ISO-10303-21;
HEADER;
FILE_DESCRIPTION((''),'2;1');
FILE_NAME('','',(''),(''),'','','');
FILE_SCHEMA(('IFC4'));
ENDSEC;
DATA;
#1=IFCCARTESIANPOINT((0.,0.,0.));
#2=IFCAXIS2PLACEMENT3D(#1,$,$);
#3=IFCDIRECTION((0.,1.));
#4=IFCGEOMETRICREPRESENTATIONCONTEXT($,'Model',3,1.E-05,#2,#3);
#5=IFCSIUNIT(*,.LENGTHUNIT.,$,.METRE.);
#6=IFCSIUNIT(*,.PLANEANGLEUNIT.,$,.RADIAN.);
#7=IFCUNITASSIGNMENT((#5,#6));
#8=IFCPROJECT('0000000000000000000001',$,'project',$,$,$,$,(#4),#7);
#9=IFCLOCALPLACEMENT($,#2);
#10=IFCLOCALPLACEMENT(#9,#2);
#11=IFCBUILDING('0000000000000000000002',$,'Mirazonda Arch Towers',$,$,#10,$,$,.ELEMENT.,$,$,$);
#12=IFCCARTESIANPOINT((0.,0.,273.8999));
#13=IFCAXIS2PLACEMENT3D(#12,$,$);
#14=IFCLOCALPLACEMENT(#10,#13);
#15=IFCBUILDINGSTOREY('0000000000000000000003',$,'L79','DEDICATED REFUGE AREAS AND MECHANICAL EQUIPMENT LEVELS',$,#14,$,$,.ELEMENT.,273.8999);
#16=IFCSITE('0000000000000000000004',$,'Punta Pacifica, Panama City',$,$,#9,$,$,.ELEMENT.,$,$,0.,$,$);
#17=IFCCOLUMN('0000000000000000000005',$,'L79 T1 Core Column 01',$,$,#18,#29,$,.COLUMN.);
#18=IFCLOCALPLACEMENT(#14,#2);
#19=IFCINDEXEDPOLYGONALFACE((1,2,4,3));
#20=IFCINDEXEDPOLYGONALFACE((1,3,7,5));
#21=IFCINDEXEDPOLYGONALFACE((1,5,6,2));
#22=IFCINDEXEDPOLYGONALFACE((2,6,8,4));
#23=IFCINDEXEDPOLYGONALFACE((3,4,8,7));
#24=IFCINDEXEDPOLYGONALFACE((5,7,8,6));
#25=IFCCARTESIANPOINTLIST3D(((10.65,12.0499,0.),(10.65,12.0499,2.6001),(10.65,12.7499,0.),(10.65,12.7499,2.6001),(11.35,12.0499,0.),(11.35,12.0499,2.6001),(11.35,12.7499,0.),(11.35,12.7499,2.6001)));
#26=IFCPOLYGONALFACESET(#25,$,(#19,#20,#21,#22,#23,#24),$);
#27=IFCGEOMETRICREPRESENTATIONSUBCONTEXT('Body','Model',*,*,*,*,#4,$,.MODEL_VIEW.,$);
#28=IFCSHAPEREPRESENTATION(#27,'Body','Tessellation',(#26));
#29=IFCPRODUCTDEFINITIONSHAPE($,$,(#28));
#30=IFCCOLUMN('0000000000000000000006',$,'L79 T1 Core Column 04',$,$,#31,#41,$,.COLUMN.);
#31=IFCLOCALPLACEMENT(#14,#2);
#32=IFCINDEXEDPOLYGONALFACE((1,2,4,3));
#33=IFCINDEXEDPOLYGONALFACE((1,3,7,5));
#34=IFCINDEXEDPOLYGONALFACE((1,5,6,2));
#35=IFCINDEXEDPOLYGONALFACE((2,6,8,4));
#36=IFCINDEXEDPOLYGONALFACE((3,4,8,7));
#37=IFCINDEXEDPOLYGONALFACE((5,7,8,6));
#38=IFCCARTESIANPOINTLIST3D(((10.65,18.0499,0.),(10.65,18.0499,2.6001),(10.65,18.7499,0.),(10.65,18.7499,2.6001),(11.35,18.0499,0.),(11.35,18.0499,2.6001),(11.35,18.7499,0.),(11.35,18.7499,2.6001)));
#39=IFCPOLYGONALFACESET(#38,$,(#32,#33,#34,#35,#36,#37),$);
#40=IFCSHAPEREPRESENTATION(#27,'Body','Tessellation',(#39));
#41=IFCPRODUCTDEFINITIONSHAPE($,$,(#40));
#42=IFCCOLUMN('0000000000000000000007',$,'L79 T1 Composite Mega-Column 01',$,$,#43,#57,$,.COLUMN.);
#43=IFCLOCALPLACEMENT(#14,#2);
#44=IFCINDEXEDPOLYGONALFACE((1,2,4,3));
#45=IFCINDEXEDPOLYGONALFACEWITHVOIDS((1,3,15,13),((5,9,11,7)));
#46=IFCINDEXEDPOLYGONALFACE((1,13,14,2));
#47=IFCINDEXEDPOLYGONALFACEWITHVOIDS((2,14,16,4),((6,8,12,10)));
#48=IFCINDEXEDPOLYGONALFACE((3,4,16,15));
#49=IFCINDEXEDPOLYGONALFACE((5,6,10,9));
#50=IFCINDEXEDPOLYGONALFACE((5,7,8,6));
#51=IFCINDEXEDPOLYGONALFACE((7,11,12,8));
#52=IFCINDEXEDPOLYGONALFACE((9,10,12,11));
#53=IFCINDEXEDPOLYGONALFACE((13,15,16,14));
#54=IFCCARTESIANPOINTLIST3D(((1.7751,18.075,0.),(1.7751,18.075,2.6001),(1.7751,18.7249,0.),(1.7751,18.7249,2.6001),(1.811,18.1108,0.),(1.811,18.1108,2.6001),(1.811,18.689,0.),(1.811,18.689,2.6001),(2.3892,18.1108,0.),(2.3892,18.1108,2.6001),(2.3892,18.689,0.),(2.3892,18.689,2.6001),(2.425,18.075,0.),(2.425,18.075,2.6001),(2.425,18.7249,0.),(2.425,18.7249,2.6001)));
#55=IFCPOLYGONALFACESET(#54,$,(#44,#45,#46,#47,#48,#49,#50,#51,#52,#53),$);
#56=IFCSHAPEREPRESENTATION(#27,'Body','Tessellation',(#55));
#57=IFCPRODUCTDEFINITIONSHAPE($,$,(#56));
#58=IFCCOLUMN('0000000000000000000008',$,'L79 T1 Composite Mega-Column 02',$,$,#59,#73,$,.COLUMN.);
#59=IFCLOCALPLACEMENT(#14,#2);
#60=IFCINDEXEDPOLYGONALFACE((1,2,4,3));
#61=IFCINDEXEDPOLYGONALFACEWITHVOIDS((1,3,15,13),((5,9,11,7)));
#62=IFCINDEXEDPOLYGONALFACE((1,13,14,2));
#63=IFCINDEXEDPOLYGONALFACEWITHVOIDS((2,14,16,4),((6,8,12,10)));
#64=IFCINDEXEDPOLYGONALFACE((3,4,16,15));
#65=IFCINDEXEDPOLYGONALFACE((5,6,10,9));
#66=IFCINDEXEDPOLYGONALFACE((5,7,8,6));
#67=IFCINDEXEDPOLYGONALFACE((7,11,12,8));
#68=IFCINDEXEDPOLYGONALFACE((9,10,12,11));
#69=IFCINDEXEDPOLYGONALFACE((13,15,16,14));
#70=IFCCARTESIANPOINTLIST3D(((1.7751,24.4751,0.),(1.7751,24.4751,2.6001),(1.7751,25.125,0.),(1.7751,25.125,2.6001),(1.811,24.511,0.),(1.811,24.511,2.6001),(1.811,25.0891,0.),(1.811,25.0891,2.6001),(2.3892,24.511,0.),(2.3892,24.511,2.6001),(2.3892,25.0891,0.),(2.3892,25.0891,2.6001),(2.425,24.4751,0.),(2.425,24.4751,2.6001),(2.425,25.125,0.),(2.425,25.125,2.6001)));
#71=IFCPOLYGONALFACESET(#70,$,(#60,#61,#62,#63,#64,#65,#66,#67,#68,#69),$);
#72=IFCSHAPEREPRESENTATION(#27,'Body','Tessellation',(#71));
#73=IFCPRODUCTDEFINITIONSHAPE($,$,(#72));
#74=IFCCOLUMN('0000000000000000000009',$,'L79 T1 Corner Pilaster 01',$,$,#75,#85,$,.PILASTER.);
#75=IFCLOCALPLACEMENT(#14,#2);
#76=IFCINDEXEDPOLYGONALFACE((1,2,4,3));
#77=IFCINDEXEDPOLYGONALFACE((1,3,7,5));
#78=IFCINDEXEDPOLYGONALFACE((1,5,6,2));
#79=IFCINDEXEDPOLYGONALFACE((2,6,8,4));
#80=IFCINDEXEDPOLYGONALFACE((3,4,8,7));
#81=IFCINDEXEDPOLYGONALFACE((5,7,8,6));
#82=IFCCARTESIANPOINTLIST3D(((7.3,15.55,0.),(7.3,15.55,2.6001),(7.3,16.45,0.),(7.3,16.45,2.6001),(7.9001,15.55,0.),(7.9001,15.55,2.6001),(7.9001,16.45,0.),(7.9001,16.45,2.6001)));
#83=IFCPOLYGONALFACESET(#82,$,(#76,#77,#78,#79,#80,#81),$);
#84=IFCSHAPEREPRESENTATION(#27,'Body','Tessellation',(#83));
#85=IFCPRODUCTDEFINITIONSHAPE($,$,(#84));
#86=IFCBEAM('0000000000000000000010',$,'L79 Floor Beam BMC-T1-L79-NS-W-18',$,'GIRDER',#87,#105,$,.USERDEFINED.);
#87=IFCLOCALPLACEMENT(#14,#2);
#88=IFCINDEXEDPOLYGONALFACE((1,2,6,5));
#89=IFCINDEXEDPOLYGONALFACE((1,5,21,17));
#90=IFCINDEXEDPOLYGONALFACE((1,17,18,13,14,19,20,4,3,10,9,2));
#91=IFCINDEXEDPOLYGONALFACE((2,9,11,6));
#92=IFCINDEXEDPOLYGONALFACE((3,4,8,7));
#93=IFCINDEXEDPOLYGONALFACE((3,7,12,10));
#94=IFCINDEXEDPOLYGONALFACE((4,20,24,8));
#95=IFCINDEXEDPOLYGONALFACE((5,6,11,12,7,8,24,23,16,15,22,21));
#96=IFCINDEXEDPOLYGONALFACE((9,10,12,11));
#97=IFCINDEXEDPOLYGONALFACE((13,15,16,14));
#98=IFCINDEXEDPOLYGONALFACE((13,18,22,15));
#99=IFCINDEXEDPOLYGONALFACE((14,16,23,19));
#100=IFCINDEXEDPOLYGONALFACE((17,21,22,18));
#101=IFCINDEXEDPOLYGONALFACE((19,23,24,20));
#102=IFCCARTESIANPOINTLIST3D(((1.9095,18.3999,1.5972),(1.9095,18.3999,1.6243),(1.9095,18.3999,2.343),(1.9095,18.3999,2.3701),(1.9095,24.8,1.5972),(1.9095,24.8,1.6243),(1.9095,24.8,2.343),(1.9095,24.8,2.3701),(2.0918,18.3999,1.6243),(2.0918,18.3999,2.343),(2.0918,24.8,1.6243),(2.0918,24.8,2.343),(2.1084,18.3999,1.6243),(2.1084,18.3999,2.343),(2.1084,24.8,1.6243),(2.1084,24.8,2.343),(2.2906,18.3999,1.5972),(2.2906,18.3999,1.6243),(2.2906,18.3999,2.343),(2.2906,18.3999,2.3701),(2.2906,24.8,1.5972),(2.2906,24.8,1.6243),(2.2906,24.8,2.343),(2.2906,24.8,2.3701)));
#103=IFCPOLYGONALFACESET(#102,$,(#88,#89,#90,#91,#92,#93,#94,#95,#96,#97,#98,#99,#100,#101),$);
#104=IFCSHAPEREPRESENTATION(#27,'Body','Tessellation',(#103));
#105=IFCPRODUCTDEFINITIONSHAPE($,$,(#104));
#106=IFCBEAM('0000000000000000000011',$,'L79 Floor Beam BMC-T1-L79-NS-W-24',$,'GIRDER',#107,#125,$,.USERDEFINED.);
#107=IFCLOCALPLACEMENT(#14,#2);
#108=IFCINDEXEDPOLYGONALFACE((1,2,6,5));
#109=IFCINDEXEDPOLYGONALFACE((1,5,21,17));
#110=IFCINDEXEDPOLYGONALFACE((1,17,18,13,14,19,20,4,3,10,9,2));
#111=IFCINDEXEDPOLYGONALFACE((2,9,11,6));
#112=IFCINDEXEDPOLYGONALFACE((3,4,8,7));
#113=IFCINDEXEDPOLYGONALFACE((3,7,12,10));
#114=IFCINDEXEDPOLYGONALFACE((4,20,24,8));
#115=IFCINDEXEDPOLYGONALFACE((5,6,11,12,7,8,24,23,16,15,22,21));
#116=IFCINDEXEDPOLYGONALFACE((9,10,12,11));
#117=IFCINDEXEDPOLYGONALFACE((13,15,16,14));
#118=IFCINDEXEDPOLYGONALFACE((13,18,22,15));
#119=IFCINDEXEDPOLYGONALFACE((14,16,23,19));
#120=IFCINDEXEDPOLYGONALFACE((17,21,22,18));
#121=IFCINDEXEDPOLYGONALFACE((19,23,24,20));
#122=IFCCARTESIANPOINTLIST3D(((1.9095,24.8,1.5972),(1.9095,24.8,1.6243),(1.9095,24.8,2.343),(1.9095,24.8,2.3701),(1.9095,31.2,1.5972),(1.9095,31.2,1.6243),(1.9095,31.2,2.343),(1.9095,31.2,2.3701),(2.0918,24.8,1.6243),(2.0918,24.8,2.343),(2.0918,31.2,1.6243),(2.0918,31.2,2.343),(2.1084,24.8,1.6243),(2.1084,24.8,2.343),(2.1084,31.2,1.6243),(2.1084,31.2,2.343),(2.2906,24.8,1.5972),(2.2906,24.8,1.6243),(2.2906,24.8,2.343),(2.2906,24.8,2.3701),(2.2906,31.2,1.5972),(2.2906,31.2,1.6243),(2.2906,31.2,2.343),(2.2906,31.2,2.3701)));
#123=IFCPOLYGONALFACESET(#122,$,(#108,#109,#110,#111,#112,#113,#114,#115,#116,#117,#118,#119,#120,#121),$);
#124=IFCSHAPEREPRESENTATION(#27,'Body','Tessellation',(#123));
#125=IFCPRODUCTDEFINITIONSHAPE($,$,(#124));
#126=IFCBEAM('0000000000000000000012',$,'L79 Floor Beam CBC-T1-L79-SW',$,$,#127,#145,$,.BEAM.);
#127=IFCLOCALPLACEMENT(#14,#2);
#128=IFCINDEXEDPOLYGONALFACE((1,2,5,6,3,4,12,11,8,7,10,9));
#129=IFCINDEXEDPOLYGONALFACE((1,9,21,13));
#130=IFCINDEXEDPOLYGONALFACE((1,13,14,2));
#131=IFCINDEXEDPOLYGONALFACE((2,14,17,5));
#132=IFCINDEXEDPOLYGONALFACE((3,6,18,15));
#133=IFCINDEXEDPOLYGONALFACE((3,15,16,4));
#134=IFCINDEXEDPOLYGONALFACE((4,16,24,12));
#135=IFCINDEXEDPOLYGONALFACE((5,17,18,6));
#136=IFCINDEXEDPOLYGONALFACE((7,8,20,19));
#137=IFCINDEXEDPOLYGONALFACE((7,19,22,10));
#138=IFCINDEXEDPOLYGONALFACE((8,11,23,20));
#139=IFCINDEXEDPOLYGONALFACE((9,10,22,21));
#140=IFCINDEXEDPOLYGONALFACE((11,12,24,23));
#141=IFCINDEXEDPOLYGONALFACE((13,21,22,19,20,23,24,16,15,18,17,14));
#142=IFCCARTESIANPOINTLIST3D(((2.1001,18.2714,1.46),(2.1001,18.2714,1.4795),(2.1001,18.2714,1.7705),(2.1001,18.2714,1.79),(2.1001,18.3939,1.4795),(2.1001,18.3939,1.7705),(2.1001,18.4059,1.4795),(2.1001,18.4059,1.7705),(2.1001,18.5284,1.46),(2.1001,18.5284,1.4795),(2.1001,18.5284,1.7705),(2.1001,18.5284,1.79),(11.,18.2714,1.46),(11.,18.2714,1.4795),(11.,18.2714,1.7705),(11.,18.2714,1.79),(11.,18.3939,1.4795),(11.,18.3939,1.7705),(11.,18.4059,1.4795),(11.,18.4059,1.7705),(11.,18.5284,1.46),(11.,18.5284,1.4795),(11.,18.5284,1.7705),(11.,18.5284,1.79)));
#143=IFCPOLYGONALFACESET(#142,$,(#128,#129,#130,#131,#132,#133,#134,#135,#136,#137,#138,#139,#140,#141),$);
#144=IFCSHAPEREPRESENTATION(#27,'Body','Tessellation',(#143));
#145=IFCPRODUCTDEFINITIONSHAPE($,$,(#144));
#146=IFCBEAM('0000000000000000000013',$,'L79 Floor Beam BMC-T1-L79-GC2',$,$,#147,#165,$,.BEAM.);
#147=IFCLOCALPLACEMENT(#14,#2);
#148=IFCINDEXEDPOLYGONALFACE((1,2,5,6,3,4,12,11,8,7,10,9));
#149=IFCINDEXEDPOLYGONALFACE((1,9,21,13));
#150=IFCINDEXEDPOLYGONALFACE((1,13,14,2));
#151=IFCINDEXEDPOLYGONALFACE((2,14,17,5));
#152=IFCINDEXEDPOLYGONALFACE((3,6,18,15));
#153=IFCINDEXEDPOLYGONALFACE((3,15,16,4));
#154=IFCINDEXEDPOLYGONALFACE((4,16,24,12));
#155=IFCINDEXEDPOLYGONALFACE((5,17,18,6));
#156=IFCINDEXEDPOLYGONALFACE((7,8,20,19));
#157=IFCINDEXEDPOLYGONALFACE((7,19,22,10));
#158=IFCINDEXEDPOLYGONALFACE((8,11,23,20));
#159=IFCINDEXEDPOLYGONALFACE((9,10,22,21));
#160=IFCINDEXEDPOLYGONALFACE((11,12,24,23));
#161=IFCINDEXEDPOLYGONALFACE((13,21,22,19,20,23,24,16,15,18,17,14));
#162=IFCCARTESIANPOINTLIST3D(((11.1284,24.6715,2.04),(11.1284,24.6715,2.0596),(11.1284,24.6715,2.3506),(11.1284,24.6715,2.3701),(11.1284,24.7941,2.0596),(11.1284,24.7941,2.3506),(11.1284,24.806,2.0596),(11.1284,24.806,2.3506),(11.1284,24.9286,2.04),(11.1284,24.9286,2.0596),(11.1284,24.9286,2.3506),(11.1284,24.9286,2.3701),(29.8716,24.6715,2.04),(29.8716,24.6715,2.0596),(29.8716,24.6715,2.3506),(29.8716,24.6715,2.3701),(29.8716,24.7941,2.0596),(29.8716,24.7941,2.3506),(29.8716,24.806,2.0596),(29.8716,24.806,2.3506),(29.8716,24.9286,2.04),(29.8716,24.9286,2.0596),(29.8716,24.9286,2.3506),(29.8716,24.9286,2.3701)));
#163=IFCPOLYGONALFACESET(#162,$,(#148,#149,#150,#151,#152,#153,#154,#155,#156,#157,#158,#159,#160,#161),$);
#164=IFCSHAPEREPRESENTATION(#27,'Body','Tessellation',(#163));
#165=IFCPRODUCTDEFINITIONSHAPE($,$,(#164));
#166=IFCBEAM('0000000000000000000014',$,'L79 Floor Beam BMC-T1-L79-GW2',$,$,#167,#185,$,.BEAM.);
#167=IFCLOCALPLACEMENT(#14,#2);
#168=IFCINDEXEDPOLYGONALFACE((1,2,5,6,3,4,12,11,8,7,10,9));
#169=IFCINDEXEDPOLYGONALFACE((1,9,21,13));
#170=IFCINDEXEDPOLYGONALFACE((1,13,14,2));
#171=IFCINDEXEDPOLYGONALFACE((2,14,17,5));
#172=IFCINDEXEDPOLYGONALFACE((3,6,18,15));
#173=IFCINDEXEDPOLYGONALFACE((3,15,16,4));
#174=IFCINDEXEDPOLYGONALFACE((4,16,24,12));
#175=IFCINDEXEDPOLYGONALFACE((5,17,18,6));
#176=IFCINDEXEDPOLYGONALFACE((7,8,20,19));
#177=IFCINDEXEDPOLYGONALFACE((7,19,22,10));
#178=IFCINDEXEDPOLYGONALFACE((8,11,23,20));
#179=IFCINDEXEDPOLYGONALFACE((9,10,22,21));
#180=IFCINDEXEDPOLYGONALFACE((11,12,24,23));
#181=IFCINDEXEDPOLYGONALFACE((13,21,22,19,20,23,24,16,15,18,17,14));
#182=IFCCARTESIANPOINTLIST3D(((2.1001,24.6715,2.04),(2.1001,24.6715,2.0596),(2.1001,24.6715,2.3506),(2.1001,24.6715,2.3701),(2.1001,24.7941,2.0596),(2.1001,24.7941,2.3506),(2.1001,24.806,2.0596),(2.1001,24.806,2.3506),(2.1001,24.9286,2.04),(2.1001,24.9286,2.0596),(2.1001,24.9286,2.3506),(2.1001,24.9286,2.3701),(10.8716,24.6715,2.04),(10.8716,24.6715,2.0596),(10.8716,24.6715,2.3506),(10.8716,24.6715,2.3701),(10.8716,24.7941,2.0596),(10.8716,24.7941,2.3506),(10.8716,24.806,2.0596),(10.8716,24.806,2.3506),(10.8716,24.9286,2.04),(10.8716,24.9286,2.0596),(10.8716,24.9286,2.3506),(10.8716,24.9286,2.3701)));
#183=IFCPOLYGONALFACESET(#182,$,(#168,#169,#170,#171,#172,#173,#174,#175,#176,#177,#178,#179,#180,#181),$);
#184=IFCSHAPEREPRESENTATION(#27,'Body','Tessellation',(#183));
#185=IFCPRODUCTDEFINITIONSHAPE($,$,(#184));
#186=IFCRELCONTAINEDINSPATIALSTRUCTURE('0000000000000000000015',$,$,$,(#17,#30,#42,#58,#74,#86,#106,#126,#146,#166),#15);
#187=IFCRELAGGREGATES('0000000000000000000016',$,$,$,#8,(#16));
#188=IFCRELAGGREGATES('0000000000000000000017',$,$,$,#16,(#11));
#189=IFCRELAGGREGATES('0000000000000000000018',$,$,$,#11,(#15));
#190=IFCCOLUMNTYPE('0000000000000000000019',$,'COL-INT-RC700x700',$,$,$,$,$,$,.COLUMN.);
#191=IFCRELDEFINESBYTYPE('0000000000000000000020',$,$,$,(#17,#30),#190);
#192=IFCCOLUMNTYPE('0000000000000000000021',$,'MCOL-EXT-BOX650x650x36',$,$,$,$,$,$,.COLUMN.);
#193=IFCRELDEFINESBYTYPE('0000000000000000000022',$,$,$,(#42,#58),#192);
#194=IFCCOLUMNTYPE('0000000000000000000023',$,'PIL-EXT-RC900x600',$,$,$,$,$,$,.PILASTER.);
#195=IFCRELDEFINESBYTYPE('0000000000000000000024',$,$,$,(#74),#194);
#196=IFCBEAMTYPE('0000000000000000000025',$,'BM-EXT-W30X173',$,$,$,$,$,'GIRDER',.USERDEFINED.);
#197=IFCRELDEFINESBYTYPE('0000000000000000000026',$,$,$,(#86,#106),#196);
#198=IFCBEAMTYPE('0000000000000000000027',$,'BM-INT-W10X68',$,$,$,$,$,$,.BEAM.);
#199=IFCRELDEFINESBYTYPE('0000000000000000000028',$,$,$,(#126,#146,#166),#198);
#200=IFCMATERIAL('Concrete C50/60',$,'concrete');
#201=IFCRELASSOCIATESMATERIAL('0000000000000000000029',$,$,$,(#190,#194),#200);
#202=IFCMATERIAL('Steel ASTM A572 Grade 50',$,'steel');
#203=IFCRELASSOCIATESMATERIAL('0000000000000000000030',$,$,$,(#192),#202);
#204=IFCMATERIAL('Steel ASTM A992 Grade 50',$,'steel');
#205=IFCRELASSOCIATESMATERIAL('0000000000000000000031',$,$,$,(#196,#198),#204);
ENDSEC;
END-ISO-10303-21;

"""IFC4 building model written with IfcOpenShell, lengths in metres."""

from ifc_helpers import new_model, si_unit, direction, frame, origin, origin_2d, place, context, subcontext, project, spatial, rectangle, hollow_rectangle, i_section, extrude, material, material_profile, profile_set, type_object, element, save


model = new_model("IFC4")

# Units and contexts
model_context = context("Model", 3, precision=1e-05, world=origin(), true_north=direction((0.0, 1.0)))
body_context = subcontext(model_context, "Body", "Model", "MODEL_VIEW")
ifc_project = project(units=[si_unit("LENGTHUNIT", "METRE"), si_unit("PLANEANGLEUNIT", "RADIAN")], contexts=[model_context])

# Site, building, storey
site_placement = place(None, origin())
site = spatial("IfcSite", under=ifc_project, at=site_placement, Name="Punta Pacifica, Panama City", CompositionType="ELEMENT", RefElevation=0.0)
building_placement = place(site_placement, origin())
building = spatial("IfcBuilding", under=site, at=building_placement, Name="Mirazonda Arch Towers", CompositionType="ELEMENT")
storey_placement = place(building_placement, frame((0.0, 0.0, 273.8999)))
storey = spatial("IfcBuildingStorey", under=building, at=storey_placement, Name="L79", Description="DEDICATED REFUGE AREAS AND MECHANICAL EQUIPMENT LEVELS", CompositionType="ELEMENT", Elevation=273.8999)

# Columns
ifc_material_1 = material(Name="Concrete C50/60", Category="concrete")
ifc_material_profile_1 = material_profile(ifc_material_1, rectangle(XDim=0.7, YDim=0.7, at=origin_2d()), Name="RC700x700")
ifc_profile_set_1 = profile_set([ifc_material_profile_1], Name="Concrete C50/60")
column_type_1 = type_object("IfcColumnType", Name="COL-INT-RC700x700", PredefinedType="COLUMN", material=ifc_profile_set_1)
for number, where, z_axis, x_axis, name in (
    (1, (11.0, 12.3999, 0.0), (0.0, 0.0, 1.0), (1.0, 0.0, 0.0), "L79 T1 Core Column 01"),
    (2, (11.0, 18.3999, 0.0), (0.0, 0.0, 1.0), (1.0, 0.0, 0.0), "L79 T1 Core Column 04"),
):
    element("IfcColumn", number, at=place(storey_placement, frame(where, z_axis=z_axis, x_axis=x_axis)), inside=storey, type_object=column_type_1, Name=name, PredefinedType="COLUMN", context=body_context, shape_type="SweptSolid", body=[
        extrude(rectangle(XDim=0.7, YDim=0.7, at=origin_2d()), origin(), (0.0, 0.0, 1.0), 2.6001),
    ])
ifc_material_2 = material(Name="Steel ASTM A572 Grade 50", Category="steel")
ifc_material_profile_2 = material_profile(ifc_material_2, hollow_rectangle(XDim=0.6499, YDim=0.6499, WallThickness=0.0359, at=origin_2d()), Name="BOX650x650x36")
ifc_profile_set_2 = profile_set([ifc_material_profile_2], Name="Steel ASTM A572 Grade 50")
column_type_2 = type_object("IfcColumnType", Name="MCOL-EXT-BOX650x650x36", PredefinedType="COLUMN", material=ifc_profile_set_2)
for number, where, z_axis, x_axis, name in (
    (3, (2.1001, 18.3999, 0.0), (0.0, 0.0, 1.0), (1.0, 0.0, 0.0), "L79 T1 Composite Mega-Column 01"),
    (4, (2.1001, 24.8, 0.0), (0.0, 0.0, 1.0), (1.0, 0.0, 0.0), "L79 T1 Composite Mega-Column 02"),
):
    element("IfcColumn", number, at=place(storey_placement, frame(where, z_axis=z_axis, x_axis=x_axis)), inside=storey, type_object=column_type_2, Name=name, PredefinedType="COLUMN", context=body_context, shape_type="SweptSolid", body=[
        extrude(hollow_rectangle(XDim=0.6499, YDim=0.6499, WallThickness=0.0359, at=origin_2d()), origin(), (0.0, 0.0, 1.0), 2.6001),
    ])
ifc_material_profile_3 = material_profile(ifc_material_1, rectangle(XDim=0.6001, YDim=0.8999, at=origin_2d()), Name="RC900x600")
ifc_profile_set_3 = profile_set([ifc_material_profile_3], Name="Concrete C50/60")
column_type_3 = type_object("IfcColumnType", Name="PIL-EXT-RC900x600", PredefinedType="PILASTER", material=ifc_profile_set_3)
column_placement = place(storey_placement, frame((7.6001, 16.0, 0.0), z_axis=(0.0, 0.0, 1.0), x_axis=(1.0, 0.0, 0.0)))
element("IfcColumn", 5, at=column_placement, inside=storey, type_object=column_type_3, Name="L79 T1 Corner Pilaster 01", PredefinedType="PILASTER", context=body_context, shape_type="SweptSolid", body=[
    extrude(rectangle(XDim=0.6001, YDim=0.8999, at=origin_2d()), origin(), (0.0, 0.0, 1.0), 2.6001),
])

# Beams
ifc_material_3 = material(Name="Steel ASTM A992 Grade 50", Category="steel")
ifc_material_profile_4 = material_profile(ifc_material_3, i_section(OverallWidth=0.3811, OverallDepth=0.7729, WebThickness=0.0166, FlangeThickness=0.0271, at=origin_2d()), Name="W30X173")
ifc_profile_set_4 = profile_set([ifc_material_profile_4], Name="Steel ASTM A992 Grade 50")
beam_type_1 = type_object("IfcBeamType", Name="BM-EXT-W30X173", ElementType="GIRDER", PredefinedType="USERDEFINED", material=ifc_profile_set_4)
beam_1_placement = place(storey_placement, frame((2.1001, 18.3999, 1.9836), z_axis=(0.0, 1.0, 0.0), x_axis=(-1.0, 0.0, 0.0)))
element("IfcBeam", 6, at=beam_1_placement, inside=storey, type_object=beam_type_1, Name="L79 Floor Beam BMC-T1-L79-NS-W-18", ObjectType="GIRDER", PredefinedType="USERDEFINED", context=body_context, shape_type="SweptSolid", body=[
    extrude(i_section(OverallWidth=0.3811, OverallDepth=0.7729, WebThickness=0.0166, FlangeThickness=0.0271, at=origin_2d()), origin(), (0.0, 0.0, 1.0), 6.4001),
])
beam_2_placement = place(storey_placement, frame((2.1001, 24.8, 1.9836), z_axis=(0.0, 1.0, 0.0), x_axis=(-1.0, 0.0, 0.0)))
element("IfcBeam", 7, at=beam_2_placement, inside=storey, type_object=beam_type_1, Name="L79 Floor Beam BMC-T1-L79-NS-W-24", ObjectType="GIRDER", PredefinedType="USERDEFINED", context=body_context, shape_type="SweptSolid", body=[
    extrude(i_section(OverallWidth=0.3811, OverallDepth=0.7729, WebThickness=0.0166, FlangeThickness=0.0271, at=origin_2d()), origin(), (0.0, 0.0, 1.0), 6.3999),
])
ifc_material_profile_5 = material_profile(ifc_material_3, i_section(OverallWidth=0.2571, OverallDepth=0.3301, WebThickness=0.012, FlangeThickness=0.0195, at=origin_2d()), Name="W10X68")
ifc_profile_set_5 = profile_set([ifc_material_profile_5], Name="Steel ASTM A992 Grade 50")
beam_type_2 = type_object("IfcBeamType", Name="BM-INT-W10X68", PredefinedType="BEAM", material=ifc_profile_set_5)
beam_3_placement = place(storey_placement, frame((2.1001, 18.3999, 1.625), z_axis=(1.0, 0.0, 0.0), x_axis=(0.0, 1.0, 0.0)))
element("IfcBeam", 8, at=beam_3_placement, inside=storey, type_object=beam_type_2, Name="L79 Floor Beam CBC-T1-L79-SW", PredefinedType="BEAM", context=body_context, shape_type="SweptSolid", body=[
    extrude(i_section(OverallWidth=0.2571, OverallDepth=0.3301, WebThickness=0.012, FlangeThickness=0.0195, at=origin_2d()), origin(), (0.0, 0.0, 1.0), 8.8999),
])
beam_4_placement = place(storey_placement, frame((11.1284, 24.8, 2.2051), z_axis=(1.0, 0.0, 0.0), x_axis=(0.0, 1.0, 0.0)))
element("IfcBeam", 9, at=beam_4_placement, inside=storey, type_object=beam_type_2, Name="L79 Floor Beam BMC-T1-L79-GC2", PredefinedType="BEAM", context=body_context, shape_type="SweptSolid", body=[
    extrude(i_section(OverallWidth=0.2571, OverallDepth=0.3301, WebThickness=0.012, FlangeThickness=0.0195, at=origin_2d()), origin(), (0.0, 0.0, 1.0), 18.7432),
])
beam_5_placement = place(storey_placement, frame((2.1001, 24.8, 2.2051), z_axis=(1.0, 0.0, 0.0), x_axis=(0.0, 1.0, 0.0)))
element("IfcBeam", 10, at=beam_5_placement, inside=storey, type_object=beam_type_2, Name="L79 Floor Beam BMC-T1-L79-GW2", PredefinedType="BEAM", context=body_context, shape_type="SweptSolid", body=[
    extrude(i_section(OverallWidth=0.2571, OverallDepth=0.3301, WebThickness=0.012, FlangeThickness=0.0195, at=origin_2d()), origin(), (0.0, 0.0, 1.0), 8.7715),
])

save(model, "model.ifc")
